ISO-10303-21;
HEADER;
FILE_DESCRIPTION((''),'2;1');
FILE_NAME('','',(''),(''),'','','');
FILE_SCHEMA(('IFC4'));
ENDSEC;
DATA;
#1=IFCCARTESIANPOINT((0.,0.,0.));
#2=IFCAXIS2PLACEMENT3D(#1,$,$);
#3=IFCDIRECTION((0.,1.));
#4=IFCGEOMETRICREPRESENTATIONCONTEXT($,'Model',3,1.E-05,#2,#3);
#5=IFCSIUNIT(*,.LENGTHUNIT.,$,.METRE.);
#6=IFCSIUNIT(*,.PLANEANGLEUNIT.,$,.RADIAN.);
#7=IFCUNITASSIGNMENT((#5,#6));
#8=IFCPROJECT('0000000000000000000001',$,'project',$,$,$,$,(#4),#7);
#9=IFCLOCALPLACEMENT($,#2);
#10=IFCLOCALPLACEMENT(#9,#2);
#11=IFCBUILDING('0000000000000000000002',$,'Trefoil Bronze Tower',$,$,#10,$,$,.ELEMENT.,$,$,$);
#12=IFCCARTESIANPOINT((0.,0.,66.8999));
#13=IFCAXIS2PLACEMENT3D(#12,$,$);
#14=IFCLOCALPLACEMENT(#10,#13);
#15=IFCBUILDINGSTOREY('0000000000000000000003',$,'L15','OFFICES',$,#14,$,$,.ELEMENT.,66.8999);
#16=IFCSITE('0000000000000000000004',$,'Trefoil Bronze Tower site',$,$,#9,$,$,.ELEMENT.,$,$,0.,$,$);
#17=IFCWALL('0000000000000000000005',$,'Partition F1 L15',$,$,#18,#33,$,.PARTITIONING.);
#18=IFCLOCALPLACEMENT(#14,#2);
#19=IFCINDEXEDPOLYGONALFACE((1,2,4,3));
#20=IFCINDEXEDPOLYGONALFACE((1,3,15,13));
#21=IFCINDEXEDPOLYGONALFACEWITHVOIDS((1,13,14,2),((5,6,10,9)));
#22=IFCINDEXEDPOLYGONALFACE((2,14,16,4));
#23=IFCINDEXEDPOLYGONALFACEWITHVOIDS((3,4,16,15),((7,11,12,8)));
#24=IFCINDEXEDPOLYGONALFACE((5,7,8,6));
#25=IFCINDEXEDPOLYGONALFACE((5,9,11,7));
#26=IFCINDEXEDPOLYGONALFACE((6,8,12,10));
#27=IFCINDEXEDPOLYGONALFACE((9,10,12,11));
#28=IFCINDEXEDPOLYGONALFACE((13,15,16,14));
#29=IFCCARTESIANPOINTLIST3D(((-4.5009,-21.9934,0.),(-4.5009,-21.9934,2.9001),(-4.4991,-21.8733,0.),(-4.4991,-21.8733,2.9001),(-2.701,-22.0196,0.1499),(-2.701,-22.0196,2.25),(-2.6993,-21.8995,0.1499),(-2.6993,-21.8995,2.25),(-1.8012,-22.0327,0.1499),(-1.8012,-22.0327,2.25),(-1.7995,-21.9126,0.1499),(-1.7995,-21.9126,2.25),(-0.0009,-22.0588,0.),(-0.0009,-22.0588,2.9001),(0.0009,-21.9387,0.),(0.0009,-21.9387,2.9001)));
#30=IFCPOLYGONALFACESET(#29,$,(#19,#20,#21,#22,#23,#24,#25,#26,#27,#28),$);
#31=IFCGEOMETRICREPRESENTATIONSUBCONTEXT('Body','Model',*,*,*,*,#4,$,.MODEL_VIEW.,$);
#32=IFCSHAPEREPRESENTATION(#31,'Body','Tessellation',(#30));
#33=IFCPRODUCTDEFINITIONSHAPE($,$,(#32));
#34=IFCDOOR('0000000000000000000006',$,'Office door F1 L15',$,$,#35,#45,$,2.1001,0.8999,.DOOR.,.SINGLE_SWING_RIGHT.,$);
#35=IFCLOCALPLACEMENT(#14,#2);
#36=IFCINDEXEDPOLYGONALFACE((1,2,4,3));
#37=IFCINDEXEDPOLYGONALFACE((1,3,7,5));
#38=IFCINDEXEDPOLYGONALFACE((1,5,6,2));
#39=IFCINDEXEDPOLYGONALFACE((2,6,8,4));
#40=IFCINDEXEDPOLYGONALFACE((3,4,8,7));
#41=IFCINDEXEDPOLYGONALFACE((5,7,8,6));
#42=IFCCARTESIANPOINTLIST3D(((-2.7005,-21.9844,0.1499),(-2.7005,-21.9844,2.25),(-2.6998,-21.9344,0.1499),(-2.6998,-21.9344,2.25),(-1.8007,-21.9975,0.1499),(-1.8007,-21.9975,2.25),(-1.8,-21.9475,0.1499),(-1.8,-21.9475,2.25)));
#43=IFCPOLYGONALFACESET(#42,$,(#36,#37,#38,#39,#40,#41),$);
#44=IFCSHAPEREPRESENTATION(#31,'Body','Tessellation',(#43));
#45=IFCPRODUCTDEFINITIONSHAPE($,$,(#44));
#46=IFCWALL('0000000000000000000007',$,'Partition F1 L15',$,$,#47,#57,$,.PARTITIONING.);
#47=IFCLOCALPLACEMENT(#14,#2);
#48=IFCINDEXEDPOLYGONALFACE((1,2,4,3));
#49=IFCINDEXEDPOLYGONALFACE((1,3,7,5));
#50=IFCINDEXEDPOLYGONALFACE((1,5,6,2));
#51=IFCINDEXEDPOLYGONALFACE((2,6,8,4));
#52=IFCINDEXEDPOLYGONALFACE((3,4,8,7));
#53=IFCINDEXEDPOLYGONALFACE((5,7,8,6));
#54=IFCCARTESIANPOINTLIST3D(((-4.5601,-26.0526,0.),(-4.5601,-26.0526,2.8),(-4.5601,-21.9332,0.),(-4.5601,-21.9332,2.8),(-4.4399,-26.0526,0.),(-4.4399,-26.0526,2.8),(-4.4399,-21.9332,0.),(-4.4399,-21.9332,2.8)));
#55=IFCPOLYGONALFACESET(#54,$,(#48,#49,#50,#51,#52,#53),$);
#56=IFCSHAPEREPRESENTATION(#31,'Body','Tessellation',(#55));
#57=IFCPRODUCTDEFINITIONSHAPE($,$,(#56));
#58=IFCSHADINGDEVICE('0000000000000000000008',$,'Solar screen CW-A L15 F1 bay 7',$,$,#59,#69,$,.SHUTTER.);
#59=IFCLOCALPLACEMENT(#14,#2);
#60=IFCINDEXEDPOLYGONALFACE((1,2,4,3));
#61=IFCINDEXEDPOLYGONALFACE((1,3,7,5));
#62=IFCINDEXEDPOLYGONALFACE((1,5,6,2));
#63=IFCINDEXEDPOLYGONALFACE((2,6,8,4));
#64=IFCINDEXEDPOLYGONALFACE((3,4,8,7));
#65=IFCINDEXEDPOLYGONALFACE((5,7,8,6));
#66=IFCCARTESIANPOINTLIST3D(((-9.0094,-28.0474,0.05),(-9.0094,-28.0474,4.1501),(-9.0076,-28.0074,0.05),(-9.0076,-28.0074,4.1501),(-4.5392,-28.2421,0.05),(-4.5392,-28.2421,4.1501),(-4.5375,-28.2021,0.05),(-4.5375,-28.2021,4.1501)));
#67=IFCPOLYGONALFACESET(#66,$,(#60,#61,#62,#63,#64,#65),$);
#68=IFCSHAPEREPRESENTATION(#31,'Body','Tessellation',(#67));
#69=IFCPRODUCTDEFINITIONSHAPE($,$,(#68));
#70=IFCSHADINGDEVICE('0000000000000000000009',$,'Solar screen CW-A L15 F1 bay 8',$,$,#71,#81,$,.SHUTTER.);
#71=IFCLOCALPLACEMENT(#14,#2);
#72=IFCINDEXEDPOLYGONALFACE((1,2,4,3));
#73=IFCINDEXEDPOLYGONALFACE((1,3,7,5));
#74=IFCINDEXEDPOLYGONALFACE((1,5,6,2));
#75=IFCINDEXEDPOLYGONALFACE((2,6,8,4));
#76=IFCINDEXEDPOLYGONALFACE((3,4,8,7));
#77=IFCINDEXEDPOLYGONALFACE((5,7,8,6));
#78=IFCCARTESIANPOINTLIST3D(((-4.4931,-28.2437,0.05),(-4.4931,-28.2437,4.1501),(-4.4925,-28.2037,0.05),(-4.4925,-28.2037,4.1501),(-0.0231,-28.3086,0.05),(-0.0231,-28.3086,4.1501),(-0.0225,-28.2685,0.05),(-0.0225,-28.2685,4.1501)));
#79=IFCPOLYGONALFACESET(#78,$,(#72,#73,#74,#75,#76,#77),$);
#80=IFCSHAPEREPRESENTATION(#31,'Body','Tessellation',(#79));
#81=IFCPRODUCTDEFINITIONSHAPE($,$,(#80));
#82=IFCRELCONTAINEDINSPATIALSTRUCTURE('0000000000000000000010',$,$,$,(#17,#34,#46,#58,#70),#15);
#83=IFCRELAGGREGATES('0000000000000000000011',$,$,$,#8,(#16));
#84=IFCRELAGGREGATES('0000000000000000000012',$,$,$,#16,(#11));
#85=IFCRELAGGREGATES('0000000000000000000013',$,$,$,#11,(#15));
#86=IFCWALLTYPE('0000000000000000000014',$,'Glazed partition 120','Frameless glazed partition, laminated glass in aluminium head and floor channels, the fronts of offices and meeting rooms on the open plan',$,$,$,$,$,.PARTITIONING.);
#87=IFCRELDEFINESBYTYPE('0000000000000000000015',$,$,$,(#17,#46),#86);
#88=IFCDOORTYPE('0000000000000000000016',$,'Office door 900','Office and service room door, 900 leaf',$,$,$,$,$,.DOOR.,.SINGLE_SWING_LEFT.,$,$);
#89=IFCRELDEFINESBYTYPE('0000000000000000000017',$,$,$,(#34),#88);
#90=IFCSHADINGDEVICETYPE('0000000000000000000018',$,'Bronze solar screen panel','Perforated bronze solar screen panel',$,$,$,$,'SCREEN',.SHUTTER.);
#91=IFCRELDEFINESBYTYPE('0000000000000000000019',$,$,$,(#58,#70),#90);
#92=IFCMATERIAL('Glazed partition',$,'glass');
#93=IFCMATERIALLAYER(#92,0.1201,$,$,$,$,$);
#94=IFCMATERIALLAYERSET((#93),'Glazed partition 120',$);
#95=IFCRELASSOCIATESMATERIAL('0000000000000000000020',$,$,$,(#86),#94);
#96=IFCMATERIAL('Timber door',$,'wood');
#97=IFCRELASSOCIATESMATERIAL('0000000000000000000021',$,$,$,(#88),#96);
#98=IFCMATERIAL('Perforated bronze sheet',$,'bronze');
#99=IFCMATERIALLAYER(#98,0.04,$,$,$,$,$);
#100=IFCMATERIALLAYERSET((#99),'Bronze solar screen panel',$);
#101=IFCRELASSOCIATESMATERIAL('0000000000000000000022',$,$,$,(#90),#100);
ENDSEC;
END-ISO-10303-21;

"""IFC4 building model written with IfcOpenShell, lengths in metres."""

from ifc_helpers import new_model, si_unit, direction, frame, frame_2d, origin, origin_2d, place, context, subcontext, project, spatial, rectangle, extrude, material, layer, layer_set, type_object, element, fill, save


model = new_model("IFC4")

# Units and contexts
model_context = context("Model", 3, precision=1e-05, world=origin(), true_north=direction((0.0, 1.0)))
body_context = subcontext(model_context, "Body", "Model", "MODEL_VIEW")
ifc_project = project(units=[si_unit("LENGTHUNIT", "METRE"), si_unit("PLANEANGLEUNIT", "RADIAN")], contexts=[model_context])

# Site, building, storey
site_placement = place(None, origin())
site = spatial("IfcSite", under=ifc_project, at=site_placement, Name="Trefoil Bronze Tower site", CompositionType="ELEMENT", RefElevation=0.0)
building_placement = place(site_placement, origin())
building = spatial("IfcBuilding", under=site, at=building_placement, Name="Trefoil Bronze Tower", CompositionType="ELEMENT")
storey_placement = place(building_placement, frame((0.0, 0.0, 66.8999)))
storey = spatial("IfcBuildingStorey", under=building, at=storey_placement, Name="L15", Description="OFFICES", CompositionType="ELEMENT", Elevation=66.8999)

# Wall, opening, door
ifc_material_1 = material(Name="Glazed partition", Category="glass")
ifc_layer_1 = layer(ifc_material_1, 0.1201)
ifc_layer_set_1 = layer_set([ifc_layer_1], Name="Glazed partition 120")
wall_type = type_object("IfcWallType", Name="Glazed partition 120", Description="Frameless glazed partition, laminated glass in aluminium head and floor channels, the fronts of offices and meeting rooms on the open plan", PredefinedType="PARTITIONING", material=ifc_layer_set_1)
ifc_material_2 = material(Name="Timber door", Category="wood")
door_type = type_object("IfcDoorType", Name="Office door 900", Description="Office and service room door, 900 leaf", OperationType="SINGLE_SWING_LEFT", PredefinedType="DOOR", material=ifc_material_2)
wall_1_placement = place(storey_placement, frame((-4.5, -21.9333, 0.0), z_axis=(0.0, 0.0, 1.0), x_axis=(0.999894, -0.014538, 0.0)))
wall_1 = element("IfcWall", 1, at=wall_1_placement, inside=storey, type_object=wall_type, Name="Partition F1 L15", PredefinedType="PARTITIONING", context=body_context, shape_type="SweptSolid", body=[
    extrude(rectangle(XDim=4.5005, YDim=0.1201, at=frame_2d((2.2502, 0.0))), origin(), (0.0, 0.0, 1.0), 2.9001),
])
opening_1_placement = place(wall_1_placement, frame((1.8, 0.0, 0.1499)))
opening_1 = element("IfcOpeningElement", 2, at=opening_1_placement, cuts=wall_1, PredefinedType="OPENING", context=body_context, shape_type="SweptSolid", body=[
    extrude(rectangle(XDim=0.8999, YDim=2.1001, at=frame_2d((0.45, 1.05))), frame((0.0, 0.0701, 0.0), z_axis=(0.0, -1.0, 0.0), x_axis=(1.0, 0.0, 0.0)), (0.0, 0.0, 1.0), 0.1401),
])
door_1_placement = place(opening_1_placement, frame((0.8999, 0.0, 0.0), z_axis=(0.0, 0.0, 1.0), x_axis=(-1.0, 0.0, 0.0)))
door_1 = element("IfcDoor", 3, at=door_1_placement, inside=storey, type_object=door_type, Name="Office door F1 L15", OperationType="SINGLE_SWING_RIGHT", OverallHeight=2.1001, OverallWidth=0.8999, PredefinedType="DOOR", context=body_context, shape_type="SweptSolid", body=[
    extrude(rectangle(XDim=0.8999, YDim=2.1001, at=frame_2d((0.45, 1.05))), frame((0.0, 0.0249, 0.0), z_axis=(0.0, -1.0, 0.0), x_axis=(1.0, 0.0, 0.0)), (0.0, 0.0, 1.0), 0.05),
])
fill(opening_1, door_1)

# Wall
wall_2_placement = place(storey_placement, frame((-4.5, -21.9333, 0.0), z_axis=(0.0, 0.0, 1.0), x_axis=(0.0, -1.0, 0.0)))
element("IfcWall", 4, at=wall_2_placement, inside=storey, type_object=wall_type, Name="Partition F1 L15", PredefinedType="PARTITIONING", context=body_context, shape_type="SweptSolid", body=[
    extrude(rectangle(XDim=4.1194, YDim=0.1201, at=frame_2d((2.0596, 0.0))), origin(), (0.0, 0.0, 1.0), 2.8),
])

# Shading devices
ifc_material_3 = material(Name="Perforated bronze sheet", Category="bronze")
ifc_layer_2 = layer(ifc_material_3, 0.04)
ifc_layer_set_2 = layer_set([ifc_layer_2], Name="Bronze solar screen panel")
shading_device_type = type_object("IfcShadingDeviceType", Name="Bronze solar screen panel", Description="Perforated bronze solar screen panel", ElementType="SCREEN", PredefinedType="SHUTTER", material=ifc_layer_set_2)
shading_device_1_placement = place(storey_placement, frame((-6.7734, -28.1248, 0.05), z_axis=(0.0, 0.0, 1.0), x_axis=(0.999052, -0.043528, 0.0)))
element("IfcShadingDevice", 5, at=shading_device_1_placement, inside=storey, type_object=shading_device_type, Name="Solar screen CW-A L15 F1 bay 7", PredefinedType="SHUTTER", context=body_context, shape_type="SweptSolid", body=[
    extrude(rectangle(XDim=4.4744, YDim=0.04, at=origin_2d()), origin(), (0.0, 0.0, 1.0), 4.1001),
])
shading_device_2_placement = place(storey_placement, frame((-2.2578, -28.2561, 0.05), z_axis=(0.0, 0.0, 1.0), x_axis=(0.999895, -0.014509, 0.0)))
element("IfcShadingDevice", 6, at=shading_device_2_placement, inside=storey, type_object=shading_device_type, Name="Solar screen CW-A L15 F1 bay 8", PredefinedType="SHUTTER", context=body_context, shape_type="SweptSolid", body=[
    extrude(rectangle(XDim=4.4705, YDim=0.04, at=origin_2d()), origin(), (0.0, 0.0, 1.0), 4.1001),
])

save(model, "model.ifc")
